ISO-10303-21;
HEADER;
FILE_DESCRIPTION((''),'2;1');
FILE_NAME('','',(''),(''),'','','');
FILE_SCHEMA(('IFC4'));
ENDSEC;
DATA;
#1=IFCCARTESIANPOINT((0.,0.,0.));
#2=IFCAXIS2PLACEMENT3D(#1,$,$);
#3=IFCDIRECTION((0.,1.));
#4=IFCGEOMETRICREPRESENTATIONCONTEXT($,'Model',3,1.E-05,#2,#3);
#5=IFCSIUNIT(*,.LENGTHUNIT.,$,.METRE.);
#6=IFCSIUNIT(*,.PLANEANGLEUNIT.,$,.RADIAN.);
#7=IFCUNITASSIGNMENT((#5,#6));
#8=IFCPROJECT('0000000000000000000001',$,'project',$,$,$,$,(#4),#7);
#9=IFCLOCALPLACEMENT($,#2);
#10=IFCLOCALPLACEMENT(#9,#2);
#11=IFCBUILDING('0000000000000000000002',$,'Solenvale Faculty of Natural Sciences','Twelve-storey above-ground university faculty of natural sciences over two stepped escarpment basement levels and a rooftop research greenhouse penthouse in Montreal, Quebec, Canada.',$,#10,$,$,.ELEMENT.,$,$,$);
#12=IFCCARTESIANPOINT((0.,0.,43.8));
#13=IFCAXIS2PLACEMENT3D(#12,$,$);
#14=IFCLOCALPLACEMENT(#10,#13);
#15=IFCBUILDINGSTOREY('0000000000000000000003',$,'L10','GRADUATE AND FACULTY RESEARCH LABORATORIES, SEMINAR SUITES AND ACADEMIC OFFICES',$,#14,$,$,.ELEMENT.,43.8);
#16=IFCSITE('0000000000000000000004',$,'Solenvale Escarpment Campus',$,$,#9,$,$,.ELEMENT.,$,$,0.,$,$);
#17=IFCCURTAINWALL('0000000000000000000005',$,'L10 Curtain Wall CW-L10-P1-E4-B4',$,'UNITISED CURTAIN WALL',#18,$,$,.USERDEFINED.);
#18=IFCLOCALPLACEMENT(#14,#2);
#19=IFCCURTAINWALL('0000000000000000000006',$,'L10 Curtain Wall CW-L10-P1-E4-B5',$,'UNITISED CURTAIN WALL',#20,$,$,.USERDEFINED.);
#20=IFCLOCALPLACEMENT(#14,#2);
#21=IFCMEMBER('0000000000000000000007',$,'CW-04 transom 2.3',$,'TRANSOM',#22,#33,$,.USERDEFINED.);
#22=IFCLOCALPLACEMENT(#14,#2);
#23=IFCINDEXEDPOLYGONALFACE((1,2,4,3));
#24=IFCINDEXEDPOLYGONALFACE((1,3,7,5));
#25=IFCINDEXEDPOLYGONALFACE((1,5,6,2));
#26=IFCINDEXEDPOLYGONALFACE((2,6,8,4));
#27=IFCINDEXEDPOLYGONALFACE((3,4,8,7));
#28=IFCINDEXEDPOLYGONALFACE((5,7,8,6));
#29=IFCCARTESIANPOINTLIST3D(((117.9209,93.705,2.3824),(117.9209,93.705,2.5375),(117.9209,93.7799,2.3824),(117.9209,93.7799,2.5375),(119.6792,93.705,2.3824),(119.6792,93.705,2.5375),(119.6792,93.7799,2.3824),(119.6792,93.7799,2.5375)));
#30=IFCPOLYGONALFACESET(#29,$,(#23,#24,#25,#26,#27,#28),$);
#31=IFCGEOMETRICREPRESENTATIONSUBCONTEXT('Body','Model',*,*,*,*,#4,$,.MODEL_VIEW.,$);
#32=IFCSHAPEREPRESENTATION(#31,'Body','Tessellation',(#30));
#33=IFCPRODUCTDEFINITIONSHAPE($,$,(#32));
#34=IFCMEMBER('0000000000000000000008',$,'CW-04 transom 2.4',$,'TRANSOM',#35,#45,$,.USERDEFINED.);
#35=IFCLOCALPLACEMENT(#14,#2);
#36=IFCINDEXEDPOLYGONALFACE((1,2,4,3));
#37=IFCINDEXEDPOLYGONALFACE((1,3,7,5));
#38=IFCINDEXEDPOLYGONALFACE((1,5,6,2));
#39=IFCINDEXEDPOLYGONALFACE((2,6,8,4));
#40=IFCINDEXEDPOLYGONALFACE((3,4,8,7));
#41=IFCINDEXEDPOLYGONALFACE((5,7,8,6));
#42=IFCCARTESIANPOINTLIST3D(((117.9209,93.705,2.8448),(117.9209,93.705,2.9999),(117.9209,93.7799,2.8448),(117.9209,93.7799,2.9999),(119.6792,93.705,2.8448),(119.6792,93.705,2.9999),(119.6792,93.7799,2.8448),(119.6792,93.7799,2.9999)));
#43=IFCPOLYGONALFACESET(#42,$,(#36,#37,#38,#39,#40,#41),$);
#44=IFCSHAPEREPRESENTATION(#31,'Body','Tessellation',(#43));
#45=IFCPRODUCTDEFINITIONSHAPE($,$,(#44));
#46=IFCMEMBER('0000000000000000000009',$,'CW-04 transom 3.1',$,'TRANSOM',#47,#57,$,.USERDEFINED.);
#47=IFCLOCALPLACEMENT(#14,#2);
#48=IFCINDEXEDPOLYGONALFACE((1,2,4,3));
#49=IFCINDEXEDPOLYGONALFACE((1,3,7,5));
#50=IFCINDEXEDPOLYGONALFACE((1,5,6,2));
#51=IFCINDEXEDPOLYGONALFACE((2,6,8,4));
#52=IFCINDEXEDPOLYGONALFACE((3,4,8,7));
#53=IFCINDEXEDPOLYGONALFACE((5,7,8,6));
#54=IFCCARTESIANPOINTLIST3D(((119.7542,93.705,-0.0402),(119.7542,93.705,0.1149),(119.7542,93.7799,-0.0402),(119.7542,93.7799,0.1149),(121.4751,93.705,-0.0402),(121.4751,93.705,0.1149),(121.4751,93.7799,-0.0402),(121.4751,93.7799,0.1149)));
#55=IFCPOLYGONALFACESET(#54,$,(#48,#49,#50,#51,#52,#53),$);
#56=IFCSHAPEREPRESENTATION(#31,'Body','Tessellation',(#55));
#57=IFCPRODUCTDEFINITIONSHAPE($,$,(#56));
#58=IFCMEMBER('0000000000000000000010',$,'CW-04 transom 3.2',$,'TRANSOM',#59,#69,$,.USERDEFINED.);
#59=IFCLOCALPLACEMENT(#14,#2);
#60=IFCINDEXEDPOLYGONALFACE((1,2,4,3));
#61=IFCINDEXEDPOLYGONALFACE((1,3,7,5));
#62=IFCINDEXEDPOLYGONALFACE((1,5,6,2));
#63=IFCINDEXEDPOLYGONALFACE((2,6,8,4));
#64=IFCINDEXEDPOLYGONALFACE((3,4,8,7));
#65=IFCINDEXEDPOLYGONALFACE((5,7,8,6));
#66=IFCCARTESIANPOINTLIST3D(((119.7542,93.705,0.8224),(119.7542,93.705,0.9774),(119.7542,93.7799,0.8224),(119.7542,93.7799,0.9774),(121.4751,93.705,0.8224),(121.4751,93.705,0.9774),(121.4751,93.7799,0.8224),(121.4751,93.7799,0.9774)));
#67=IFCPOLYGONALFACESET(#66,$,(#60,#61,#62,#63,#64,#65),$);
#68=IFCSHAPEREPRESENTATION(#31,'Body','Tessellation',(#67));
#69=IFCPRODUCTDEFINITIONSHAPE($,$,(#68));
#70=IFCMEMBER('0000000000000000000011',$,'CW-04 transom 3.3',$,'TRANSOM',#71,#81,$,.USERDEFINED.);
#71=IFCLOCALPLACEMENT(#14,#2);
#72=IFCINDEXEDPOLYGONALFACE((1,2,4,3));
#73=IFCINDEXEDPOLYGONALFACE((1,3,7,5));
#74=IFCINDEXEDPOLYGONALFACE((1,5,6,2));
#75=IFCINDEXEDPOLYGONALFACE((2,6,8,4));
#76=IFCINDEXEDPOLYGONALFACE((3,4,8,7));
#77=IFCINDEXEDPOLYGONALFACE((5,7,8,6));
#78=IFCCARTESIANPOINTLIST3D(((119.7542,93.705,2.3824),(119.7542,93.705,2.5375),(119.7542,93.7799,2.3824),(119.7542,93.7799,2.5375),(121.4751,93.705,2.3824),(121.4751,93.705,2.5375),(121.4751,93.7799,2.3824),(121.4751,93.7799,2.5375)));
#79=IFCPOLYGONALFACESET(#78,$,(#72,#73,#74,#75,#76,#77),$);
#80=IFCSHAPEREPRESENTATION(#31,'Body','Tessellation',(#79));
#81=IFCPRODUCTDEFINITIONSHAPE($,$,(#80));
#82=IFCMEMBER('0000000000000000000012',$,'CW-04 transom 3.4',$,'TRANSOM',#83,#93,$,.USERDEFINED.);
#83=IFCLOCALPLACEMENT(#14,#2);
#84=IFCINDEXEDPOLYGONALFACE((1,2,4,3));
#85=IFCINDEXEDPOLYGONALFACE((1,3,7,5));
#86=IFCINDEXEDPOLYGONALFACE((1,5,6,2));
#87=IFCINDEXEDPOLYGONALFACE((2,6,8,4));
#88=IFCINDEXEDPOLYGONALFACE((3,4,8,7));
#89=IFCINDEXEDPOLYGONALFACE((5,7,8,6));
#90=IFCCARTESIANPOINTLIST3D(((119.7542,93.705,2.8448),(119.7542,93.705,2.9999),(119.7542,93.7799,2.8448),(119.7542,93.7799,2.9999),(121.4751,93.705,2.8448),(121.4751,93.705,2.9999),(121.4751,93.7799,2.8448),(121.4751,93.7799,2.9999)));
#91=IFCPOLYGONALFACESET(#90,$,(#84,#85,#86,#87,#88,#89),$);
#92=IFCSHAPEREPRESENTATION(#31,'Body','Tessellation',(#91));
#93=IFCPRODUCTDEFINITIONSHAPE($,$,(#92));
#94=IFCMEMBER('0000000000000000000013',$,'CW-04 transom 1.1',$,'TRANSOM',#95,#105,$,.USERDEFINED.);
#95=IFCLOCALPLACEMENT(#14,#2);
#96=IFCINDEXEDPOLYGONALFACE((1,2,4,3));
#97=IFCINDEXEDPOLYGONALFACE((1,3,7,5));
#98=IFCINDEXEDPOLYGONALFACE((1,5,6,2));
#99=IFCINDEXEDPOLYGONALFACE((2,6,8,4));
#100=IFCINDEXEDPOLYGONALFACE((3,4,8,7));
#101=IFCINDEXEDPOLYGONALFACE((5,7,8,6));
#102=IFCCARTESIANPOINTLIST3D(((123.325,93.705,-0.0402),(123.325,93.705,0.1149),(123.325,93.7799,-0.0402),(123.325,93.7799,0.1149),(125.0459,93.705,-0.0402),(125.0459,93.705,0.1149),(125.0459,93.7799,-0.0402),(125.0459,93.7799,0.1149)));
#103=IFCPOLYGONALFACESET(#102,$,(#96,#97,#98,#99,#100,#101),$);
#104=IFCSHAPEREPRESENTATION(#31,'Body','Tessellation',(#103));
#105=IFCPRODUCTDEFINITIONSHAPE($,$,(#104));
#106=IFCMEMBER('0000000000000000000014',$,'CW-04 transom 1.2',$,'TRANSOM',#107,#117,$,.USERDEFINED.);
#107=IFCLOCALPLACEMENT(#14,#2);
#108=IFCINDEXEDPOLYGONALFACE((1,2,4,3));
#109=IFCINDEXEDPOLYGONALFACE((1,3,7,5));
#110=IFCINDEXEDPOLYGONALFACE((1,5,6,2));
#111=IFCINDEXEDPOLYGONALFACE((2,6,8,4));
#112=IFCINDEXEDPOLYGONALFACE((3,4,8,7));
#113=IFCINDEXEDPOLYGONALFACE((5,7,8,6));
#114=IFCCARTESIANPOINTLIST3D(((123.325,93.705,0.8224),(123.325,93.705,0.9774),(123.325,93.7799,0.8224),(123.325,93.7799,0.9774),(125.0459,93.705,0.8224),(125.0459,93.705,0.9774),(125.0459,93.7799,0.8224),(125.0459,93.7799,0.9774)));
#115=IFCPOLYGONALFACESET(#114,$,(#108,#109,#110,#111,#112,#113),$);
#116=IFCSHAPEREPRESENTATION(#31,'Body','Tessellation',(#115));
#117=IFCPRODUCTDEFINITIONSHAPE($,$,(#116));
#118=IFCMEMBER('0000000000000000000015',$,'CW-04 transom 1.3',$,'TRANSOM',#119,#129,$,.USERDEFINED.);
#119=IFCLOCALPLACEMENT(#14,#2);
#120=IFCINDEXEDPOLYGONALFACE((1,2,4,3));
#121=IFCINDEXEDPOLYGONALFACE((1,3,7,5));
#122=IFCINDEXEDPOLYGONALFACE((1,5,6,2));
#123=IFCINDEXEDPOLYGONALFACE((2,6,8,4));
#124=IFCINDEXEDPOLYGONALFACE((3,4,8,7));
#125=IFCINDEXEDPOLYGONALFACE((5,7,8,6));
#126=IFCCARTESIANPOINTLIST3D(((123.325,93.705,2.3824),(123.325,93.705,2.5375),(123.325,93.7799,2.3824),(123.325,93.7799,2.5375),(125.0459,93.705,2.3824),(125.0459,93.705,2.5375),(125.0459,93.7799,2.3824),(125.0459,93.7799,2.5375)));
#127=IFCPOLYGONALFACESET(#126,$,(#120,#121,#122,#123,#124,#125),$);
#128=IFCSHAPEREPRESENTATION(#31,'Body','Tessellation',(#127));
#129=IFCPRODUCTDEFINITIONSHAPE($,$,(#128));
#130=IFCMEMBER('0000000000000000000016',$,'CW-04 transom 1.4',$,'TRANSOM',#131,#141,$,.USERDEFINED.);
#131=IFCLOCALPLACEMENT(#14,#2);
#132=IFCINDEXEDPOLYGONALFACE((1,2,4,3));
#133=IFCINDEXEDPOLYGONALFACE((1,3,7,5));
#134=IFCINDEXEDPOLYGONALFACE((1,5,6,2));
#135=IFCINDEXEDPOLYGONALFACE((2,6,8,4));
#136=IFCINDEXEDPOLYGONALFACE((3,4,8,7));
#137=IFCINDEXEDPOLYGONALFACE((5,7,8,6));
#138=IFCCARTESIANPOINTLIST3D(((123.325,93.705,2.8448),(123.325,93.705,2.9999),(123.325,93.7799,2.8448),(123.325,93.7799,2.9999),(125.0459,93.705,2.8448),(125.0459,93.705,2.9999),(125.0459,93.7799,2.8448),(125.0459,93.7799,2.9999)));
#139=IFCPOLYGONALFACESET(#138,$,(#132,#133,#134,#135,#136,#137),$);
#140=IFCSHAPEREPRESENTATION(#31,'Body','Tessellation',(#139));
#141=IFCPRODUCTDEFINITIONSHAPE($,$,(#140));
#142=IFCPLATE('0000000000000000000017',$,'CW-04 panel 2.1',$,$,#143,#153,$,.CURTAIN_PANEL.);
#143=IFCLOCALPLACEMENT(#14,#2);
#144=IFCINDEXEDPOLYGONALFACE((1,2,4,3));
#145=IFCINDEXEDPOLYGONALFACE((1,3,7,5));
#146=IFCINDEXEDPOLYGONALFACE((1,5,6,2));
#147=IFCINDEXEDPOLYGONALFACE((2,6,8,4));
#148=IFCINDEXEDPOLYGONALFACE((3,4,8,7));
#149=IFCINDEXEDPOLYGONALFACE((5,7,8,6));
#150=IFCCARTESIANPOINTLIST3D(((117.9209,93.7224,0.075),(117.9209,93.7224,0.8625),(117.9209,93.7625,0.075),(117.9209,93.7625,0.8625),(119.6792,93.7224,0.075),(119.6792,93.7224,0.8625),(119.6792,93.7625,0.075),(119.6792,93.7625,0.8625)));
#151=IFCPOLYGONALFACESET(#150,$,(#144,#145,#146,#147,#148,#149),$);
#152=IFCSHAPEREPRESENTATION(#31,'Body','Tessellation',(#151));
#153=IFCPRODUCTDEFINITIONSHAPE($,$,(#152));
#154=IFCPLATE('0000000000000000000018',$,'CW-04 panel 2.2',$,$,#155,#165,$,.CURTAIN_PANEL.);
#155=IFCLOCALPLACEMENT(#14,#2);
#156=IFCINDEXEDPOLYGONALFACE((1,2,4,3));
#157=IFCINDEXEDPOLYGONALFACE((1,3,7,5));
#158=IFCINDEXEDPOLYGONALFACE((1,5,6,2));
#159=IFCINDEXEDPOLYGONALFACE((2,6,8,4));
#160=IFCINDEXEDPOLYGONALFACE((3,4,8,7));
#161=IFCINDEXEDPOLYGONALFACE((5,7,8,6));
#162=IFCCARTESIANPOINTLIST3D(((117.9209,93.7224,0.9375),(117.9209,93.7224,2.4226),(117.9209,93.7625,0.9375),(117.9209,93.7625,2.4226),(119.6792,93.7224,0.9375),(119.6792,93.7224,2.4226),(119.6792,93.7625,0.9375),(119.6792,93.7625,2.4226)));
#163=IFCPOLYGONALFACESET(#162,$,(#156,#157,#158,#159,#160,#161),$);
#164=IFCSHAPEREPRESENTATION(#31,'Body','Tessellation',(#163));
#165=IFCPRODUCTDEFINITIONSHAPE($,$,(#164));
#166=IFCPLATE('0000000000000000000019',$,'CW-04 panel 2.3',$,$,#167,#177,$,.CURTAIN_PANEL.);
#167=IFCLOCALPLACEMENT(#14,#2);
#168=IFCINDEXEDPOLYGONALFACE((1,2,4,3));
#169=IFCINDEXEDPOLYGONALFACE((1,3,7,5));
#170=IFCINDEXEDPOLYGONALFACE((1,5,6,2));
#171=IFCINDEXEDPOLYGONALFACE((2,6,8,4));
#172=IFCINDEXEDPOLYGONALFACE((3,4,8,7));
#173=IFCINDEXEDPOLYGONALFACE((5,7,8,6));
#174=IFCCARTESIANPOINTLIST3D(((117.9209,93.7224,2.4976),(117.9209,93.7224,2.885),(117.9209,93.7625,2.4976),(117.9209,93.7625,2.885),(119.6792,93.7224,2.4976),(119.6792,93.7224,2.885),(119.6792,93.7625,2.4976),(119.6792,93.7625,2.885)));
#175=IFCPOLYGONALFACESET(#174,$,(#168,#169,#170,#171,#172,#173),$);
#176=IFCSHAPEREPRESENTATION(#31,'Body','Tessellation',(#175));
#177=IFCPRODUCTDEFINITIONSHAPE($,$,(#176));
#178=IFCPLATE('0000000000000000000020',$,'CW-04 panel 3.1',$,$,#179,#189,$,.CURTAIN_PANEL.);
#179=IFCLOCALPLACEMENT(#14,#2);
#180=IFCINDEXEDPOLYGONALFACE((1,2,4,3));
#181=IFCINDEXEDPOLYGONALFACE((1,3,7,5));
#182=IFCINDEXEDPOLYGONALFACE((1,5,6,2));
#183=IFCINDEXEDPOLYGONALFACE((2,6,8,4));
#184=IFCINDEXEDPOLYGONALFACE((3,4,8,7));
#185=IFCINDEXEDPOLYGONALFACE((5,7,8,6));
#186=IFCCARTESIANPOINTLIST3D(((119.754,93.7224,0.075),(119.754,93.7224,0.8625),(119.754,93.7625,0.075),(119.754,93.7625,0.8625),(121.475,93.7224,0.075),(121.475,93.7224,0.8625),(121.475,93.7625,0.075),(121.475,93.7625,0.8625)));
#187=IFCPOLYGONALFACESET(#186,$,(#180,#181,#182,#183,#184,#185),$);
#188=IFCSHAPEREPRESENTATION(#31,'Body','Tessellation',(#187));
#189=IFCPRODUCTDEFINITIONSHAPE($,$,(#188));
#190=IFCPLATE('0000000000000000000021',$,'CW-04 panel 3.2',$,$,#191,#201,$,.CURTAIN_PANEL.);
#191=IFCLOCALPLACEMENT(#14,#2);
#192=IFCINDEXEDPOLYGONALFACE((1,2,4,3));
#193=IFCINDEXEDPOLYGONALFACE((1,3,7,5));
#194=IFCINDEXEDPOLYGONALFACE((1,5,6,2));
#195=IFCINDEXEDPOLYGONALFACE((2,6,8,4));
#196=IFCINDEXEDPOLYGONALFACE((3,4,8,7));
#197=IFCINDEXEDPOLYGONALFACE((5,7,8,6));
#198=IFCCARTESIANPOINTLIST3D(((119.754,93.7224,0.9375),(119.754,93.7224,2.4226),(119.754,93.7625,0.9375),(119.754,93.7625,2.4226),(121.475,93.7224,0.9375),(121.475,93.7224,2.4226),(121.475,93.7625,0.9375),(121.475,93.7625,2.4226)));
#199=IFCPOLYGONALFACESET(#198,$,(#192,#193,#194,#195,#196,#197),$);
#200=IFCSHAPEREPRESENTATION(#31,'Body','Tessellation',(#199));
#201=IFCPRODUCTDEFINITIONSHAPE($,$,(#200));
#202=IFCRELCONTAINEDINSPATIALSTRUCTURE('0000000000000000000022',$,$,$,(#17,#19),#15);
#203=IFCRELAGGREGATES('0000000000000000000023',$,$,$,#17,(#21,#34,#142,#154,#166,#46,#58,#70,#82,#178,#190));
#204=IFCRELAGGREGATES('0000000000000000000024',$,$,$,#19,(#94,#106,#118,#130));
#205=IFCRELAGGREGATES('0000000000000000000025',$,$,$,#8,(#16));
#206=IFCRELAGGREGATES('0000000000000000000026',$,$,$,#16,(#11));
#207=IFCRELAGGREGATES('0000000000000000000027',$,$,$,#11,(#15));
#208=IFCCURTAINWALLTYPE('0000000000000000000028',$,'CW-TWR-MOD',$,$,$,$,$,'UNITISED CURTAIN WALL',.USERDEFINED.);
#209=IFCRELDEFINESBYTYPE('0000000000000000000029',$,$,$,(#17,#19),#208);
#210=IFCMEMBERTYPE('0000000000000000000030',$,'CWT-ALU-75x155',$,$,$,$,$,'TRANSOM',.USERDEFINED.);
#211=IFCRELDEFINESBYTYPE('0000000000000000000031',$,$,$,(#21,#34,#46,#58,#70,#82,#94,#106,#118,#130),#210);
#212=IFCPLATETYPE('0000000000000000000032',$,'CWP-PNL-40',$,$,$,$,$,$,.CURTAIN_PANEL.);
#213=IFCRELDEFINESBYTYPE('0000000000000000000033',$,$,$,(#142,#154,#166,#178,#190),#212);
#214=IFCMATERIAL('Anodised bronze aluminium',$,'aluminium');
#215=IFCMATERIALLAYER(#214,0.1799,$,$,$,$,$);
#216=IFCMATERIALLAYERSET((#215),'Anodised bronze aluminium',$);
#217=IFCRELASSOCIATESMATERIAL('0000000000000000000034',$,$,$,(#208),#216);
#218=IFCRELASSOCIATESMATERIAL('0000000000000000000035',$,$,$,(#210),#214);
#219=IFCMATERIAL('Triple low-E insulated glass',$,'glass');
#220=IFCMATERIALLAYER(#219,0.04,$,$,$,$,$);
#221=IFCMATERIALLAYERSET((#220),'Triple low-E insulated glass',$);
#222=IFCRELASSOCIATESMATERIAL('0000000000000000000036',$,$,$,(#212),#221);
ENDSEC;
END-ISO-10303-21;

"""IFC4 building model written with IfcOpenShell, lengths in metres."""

from ifc_helpers import new_model, si_unit, direction, frame, origin, origin_2d, place, context, subcontext, project, spatial, rectangle, extrude, material, layer, layer_set, material_profile, profile_set, type_object, element, aggregate, save


model = new_model("IFC4")

# Units and contexts
model_context = context("Model", 3, precision=1e-05, world=origin(), true_north=direction((0.0, 1.0)))
body_context = subcontext(model_context, "Body", "Model", "MODEL_VIEW")
ifc_project = project(units=[si_unit("LENGTHUNIT", "METRE"), si_unit("PLANEANGLEUNIT", "RADIAN")], contexts=[model_context])

# Site, building, storey
site_placement = place(None, origin())
site = spatial("IfcSite", under=ifc_project, at=site_placement, Name="Solenvale Escarpment Campus", CompositionType="ELEMENT", RefElevation=0.0)
building_placement = place(site_placement, origin())
building = spatial("IfcBuilding", under=site, at=building_placement, Name="Solenvale Faculty of Natural Sciences", Description="Twelve-storey above-ground university faculty of natural sciences over two stepped escarpment basement levels and a rooftop research greenhouse penthouse in Montreal, Quebec, Canada.", CompositionType="ELEMENT")
storey_placement = place(building_placement, frame((0.0, 0.0, 43.8)))
storey = spatial("IfcBuildingStorey", under=building, at=storey_placement, Name="L10", Description="GRADUATE AND FACULTY RESEARCH LABORATORIES, SEMINAR SUITES AND ACADEMIC OFFICES", CompositionType="ELEMENT", Elevation=43.8)

# Curtain wall
ifc_material_1 = material(Name="Anodised bronze aluminium", Category="aluminium")
ifc_layer_1 = layer(ifc_material_1, 0.1799)
ifc_layer_set_1 = layer_set([ifc_layer_1], Name="Anodised bronze aluminium")
curtain_wall_type = type_object("IfcCurtainWallType", Name="CW-TWR-MOD", ElementType="UNITISED CURTAIN WALL", PredefinedType="USERDEFINED", material=ifc_layer_set_1)
curtain_wall_1_placement = place(storey_placement, origin())
curtain_wall_1 = element("IfcCurtainWall", 1, at=curtain_wall_1_placement, inside=storey, type_object=curtain_wall_type, Name="L10 Curtain Wall CW-L10-P1-E4-B4", ObjectType="UNITISED CURTAIN WALL", PredefinedType="USERDEFINED")

# Curtain wall
curtain_wall_2_placement = place(storey_placement, origin())
curtain_wall_2 = element("IfcCurtainWall", 2, at=curtain_wall_2_placement, inside=storey, type_object=curtain_wall_type, Name="L10 Curtain Wall CW-L10-P1-E4-B5", ObjectType="UNITISED CURTAIN WALL", PredefinedType="USERDEFINED")

# Members
ifc_material_profile_1 = material_profile(ifc_material_1, rectangle(XDim=0.075, YDim=0.155, at=origin_2d()), Name="ALU-TRN-75x155")
ifc_profile_set_1 = profile_set([ifc_material_profile_1], Name="Anodised bronze aluminium")
member_type_1 = type_object("IfcMemberType", Name="CWT-ALU-75x155", ElementType="TRANSOM", PredefinedType="USERDEFINED", material=ifc_profile_set_1)
member_1_placement = place(storey_placement, frame((117.9209, 93.7424, 2.46), z_axis=(1.0, 0.0, 0.0), x_axis=(0.0, 1.0, 0.0)))
member_1 = element("IfcMember", 3, at=member_1_placement, type_object=member_type_1, Name="CW-04 transom 2.3", ObjectType="TRANSOM", PredefinedType="USERDEFINED", context=body_context, shape_type="SweptSolid", body=[
    extrude(rectangle(XDim=0.075, YDim=0.155, at=origin_2d()), origin(), (0.0, 0.0, 1.0), 1.7583),
])
member_2_placement = place(storey_placement, frame((117.9209, 93.7424, 2.9224), z_axis=(1.0, 0.0, 0.0), x_axis=(0.0, 1.0, 0.0)))
member_2 = element("IfcMember", 4, at=member_2_placement, type_object=member_type_1, Name="CW-04 transom 2.4", ObjectType="TRANSOM", PredefinedType="USERDEFINED", context=body_context, shape_type="SweptSolid", body=[
    extrude(rectangle(XDim=0.075, YDim=0.155, at=origin_2d()), origin(), (0.0, 0.0, 1.0), 1.7583),
])
member_3_placement = place(storey_placement, frame((119.7542, 93.7424, 0.0374), z_axis=(1.0, 0.0, 0.0), x_axis=(0.0, 1.0, 0.0)))
member_3 = element("IfcMember", 5, at=member_3_placement, type_object=member_type_1, Name="CW-04 transom 3.1", ObjectType="TRANSOM", PredefinedType="USERDEFINED", context=body_context, shape_type="SweptSolid", body=[
    extrude(rectangle(XDim=0.075, YDim=0.155, at=origin_2d()), origin(), (0.0, 0.0, 1.0), 1.7209),
])
member_4_placement = place(storey_placement, frame((119.7542, 93.7424, 0.8999), z_axis=(1.0, 0.0, 0.0), x_axis=(0.0, 1.0, 0.0)))
member_4 = element("IfcMember", 6, at=member_4_placement, type_object=member_type_1, Name="CW-04 transom 3.2", ObjectType="TRANSOM", PredefinedType="USERDEFINED", context=body_context, shape_type="SweptSolid", body=[
    extrude(rectangle(XDim=0.075, YDim=0.155, at=origin_2d()), origin(), (0.0, 0.0, 1.0), 1.7209),
])
member_5_placement = place(storey_placement, frame((119.7542, 93.7424, 2.46), z_axis=(1.0, 0.0, 0.0), x_axis=(0.0, 1.0, 0.0)))
member_5 = element("IfcMember", 7, at=member_5_placement, type_object=member_type_1, Name="CW-04 transom 3.3", ObjectType="TRANSOM", PredefinedType="USERDEFINED", context=body_context, shape_type="SweptSolid", body=[
    extrude(rectangle(XDim=0.075, YDim=0.155, at=origin_2d()), origin(), (0.0, 0.0, 1.0), 1.7209),
])
member_6_placement = place(storey_placement, frame((119.7542, 93.7424, 2.9224), z_axis=(1.0, 0.0, 0.0), x_axis=(0.0, 1.0, 0.0)))
member_6 = element("IfcMember", 8, at=member_6_placement, type_object=member_type_1, Name="CW-04 transom 3.4", ObjectType="TRANSOM", PredefinedType="USERDEFINED", context=body_context, shape_type="SweptSolid", body=[
    extrude(rectangle(XDim=0.075, YDim=0.155, at=origin_2d()), origin(), (0.0, 0.0, 1.0), 1.7209),
])
member_7_placement = place(storey_placement, frame((123.325, 93.7424, 0.0374), z_axis=(1.0, 0.0, 0.0), x_axis=(0.0, 1.0, 0.0)))
member_7 = element("IfcMember", 9, at=member_7_placement, type_object=member_type_1, Name="CW-04 transom 1.1", ObjectType="TRANSOM", PredefinedType="USERDEFINED", context=body_context, shape_type="SweptSolid", body=[
    extrude(rectangle(XDim=0.075, YDim=0.155, at=origin_2d()), origin(), (0.0, 0.0, 1.0), 1.7209),
])
member_8_placement = place(storey_placement, frame((123.325, 93.7424, 0.8999), z_axis=(1.0, 0.0, 0.0), x_axis=(0.0, 1.0, 0.0)))
member_8 = element("IfcMember", 10, at=member_8_placement, type_object=member_type_1, Name="CW-04 transom 1.2", ObjectType="TRANSOM", PredefinedType="USERDEFINED", context=body_context, shape_type="SweptSolid", body=[
    extrude(rectangle(XDim=0.075, YDim=0.155, at=origin_2d()), origin(), (0.0, 0.0, 1.0), 1.7209),
])
member_9_placement = place(storey_placement, frame((123.325, 93.7424, 2.46), z_axis=(1.0, 0.0, 0.0), x_axis=(0.0, 1.0, 0.0)))
member_9 = element("IfcMember", 11, at=member_9_placement, type_object=member_type_1, Name="CW-04 transom 1.3", ObjectType="TRANSOM", PredefinedType="USERDEFINED", context=body_context, shape_type="SweptSolid", body=[
    extrude(rectangle(XDim=0.075, YDim=0.155, at=origin_2d()), origin(), (0.0, 0.0, 1.0), 1.7209),
])
member_10_placement = place(storey_placement, frame((123.325, 93.7424, 2.9224), z_axis=(1.0, 0.0, 0.0), x_axis=(0.0, 1.0, 0.0)))
member_10 = element("IfcMember", 12, at=member_10_placement, type_object=member_type_1, Name="CW-04 transom 1.4", ObjectType="TRANSOM", PredefinedType="USERDEFINED", context=body_context, shape_type="SweptSolid", body=[
    extrude(rectangle(XDim=0.075, YDim=0.155, at=origin_2d()), origin(), (0.0, 0.0, 1.0), 1.7209),
])

# Plates
ifc_material_2 = material(Name="Triple low-E insulated glass", Category="glass")
ifc_layer_2 = layer(ifc_material_2, 0.04)
ifc_layer_set_2 = layer_set([ifc_layer_2], Name="Triple low-E insulated glass")
plate_type_1 = type_object("IfcPlateType", Name="CWP-PNL-40", PredefinedType="CURTAIN_PANEL", material=ifc_layer_set_2)
plate_1_placement = place(storey_placement, frame((118.8, 93.7424, 0.075), z_axis=(0.0, 0.0, 1.0), x_axis=(1.0, 0.0, 0.0)))
plate_1 = element("IfcPlate", 13, at=plate_1_placement, type_object=plate_type_1, Name="CW-04 panel 2.1", PredefinedType="CURTAIN_PANEL", context=body_context, shape_type="SweptSolid", body=[
    extrude(rectangle(XDim=1.7583, YDim=0.04, at=origin_2d()), origin(), (0.0, 0.0, 1.0), 0.7876),
])
plate_2_placement = place(storey_placement, frame((118.8, 93.7424, 0.9375), z_axis=(0.0, 0.0, 1.0), x_axis=(1.0, 0.0, 0.0)))
plate_2 = element("IfcPlate", 14, at=plate_2_placement, type_object=plate_type_1, Name="CW-04 panel 2.2", PredefinedType="CURTAIN_PANEL", context=body_context, shape_type="SweptSolid", body=[
    extrude(rectangle(XDim=1.7583, YDim=0.04, at=origin_2d()), origin(), (0.0, 0.0, 1.0), 1.4851),
])
plate_3_placement = place(storey_placement, frame((118.8, 93.7424, 2.4976), z_axis=(0.0, 0.0, 1.0), x_axis=(1.0, 0.0, 0.0)))
plate_3 = element("IfcPlate", 15, at=plate_3_placement, type_object=plate_type_1, Name="CW-04 panel 2.3", PredefinedType="CURTAIN_PANEL", context=body_context, shape_type="SweptSolid", body=[
    extrude(rectangle(XDim=1.7583, YDim=0.04, at=origin_2d()), origin(), (0.0, 0.0, 1.0), 0.3875),
])
plate_4_placement = place(storey_placement, frame((120.6145, 93.7424, 0.075), z_axis=(0.0, 0.0, 1.0), x_axis=(1.0, 0.0, 0.0)))
plate_4 = element("IfcPlate", 16, at=plate_4_placement, type_object=plate_type_1, Name="CW-04 panel 3.1", PredefinedType="CURTAIN_PANEL", context=body_context, shape_type="SweptSolid", body=[
    extrude(rectangle(XDim=1.7209, YDim=0.04, at=origin_2d()), origin(), (0.0, 0.0, 1.0), 0.7876),
])
plate_5_placement = place(storey_placement, frame((120.6145, 93.7424, 0.9375), z_axis=(0.0, 0.0, 1.0), x_axis=(1.0, 0.0, 0.0)))
plate_5 = element("IfcPlate", 17, at=plate_5_placement, type_object=plate_type_1, Name="CW-04 panel 3.2", PredefinedType="CURTAIN_PANEL", context=body_context, shape_type="SweptSolid", body=[
    extrude(rectangle(XDim=1.7209, YDim=0.04, at=origin_2d()), origin(), (0.0, 0.0, 1.0), 1.4851),
])
aggregate(curtain_wall_1, [member_1, member_2, plate_1, plate_2, plate_3, member_3, member_4, member_5, member_6, plate_4, plate_5])
aggregate(curtain_wall_2, [member_7, member_8, member_9, member_10])

save(model, "model.ifc")
